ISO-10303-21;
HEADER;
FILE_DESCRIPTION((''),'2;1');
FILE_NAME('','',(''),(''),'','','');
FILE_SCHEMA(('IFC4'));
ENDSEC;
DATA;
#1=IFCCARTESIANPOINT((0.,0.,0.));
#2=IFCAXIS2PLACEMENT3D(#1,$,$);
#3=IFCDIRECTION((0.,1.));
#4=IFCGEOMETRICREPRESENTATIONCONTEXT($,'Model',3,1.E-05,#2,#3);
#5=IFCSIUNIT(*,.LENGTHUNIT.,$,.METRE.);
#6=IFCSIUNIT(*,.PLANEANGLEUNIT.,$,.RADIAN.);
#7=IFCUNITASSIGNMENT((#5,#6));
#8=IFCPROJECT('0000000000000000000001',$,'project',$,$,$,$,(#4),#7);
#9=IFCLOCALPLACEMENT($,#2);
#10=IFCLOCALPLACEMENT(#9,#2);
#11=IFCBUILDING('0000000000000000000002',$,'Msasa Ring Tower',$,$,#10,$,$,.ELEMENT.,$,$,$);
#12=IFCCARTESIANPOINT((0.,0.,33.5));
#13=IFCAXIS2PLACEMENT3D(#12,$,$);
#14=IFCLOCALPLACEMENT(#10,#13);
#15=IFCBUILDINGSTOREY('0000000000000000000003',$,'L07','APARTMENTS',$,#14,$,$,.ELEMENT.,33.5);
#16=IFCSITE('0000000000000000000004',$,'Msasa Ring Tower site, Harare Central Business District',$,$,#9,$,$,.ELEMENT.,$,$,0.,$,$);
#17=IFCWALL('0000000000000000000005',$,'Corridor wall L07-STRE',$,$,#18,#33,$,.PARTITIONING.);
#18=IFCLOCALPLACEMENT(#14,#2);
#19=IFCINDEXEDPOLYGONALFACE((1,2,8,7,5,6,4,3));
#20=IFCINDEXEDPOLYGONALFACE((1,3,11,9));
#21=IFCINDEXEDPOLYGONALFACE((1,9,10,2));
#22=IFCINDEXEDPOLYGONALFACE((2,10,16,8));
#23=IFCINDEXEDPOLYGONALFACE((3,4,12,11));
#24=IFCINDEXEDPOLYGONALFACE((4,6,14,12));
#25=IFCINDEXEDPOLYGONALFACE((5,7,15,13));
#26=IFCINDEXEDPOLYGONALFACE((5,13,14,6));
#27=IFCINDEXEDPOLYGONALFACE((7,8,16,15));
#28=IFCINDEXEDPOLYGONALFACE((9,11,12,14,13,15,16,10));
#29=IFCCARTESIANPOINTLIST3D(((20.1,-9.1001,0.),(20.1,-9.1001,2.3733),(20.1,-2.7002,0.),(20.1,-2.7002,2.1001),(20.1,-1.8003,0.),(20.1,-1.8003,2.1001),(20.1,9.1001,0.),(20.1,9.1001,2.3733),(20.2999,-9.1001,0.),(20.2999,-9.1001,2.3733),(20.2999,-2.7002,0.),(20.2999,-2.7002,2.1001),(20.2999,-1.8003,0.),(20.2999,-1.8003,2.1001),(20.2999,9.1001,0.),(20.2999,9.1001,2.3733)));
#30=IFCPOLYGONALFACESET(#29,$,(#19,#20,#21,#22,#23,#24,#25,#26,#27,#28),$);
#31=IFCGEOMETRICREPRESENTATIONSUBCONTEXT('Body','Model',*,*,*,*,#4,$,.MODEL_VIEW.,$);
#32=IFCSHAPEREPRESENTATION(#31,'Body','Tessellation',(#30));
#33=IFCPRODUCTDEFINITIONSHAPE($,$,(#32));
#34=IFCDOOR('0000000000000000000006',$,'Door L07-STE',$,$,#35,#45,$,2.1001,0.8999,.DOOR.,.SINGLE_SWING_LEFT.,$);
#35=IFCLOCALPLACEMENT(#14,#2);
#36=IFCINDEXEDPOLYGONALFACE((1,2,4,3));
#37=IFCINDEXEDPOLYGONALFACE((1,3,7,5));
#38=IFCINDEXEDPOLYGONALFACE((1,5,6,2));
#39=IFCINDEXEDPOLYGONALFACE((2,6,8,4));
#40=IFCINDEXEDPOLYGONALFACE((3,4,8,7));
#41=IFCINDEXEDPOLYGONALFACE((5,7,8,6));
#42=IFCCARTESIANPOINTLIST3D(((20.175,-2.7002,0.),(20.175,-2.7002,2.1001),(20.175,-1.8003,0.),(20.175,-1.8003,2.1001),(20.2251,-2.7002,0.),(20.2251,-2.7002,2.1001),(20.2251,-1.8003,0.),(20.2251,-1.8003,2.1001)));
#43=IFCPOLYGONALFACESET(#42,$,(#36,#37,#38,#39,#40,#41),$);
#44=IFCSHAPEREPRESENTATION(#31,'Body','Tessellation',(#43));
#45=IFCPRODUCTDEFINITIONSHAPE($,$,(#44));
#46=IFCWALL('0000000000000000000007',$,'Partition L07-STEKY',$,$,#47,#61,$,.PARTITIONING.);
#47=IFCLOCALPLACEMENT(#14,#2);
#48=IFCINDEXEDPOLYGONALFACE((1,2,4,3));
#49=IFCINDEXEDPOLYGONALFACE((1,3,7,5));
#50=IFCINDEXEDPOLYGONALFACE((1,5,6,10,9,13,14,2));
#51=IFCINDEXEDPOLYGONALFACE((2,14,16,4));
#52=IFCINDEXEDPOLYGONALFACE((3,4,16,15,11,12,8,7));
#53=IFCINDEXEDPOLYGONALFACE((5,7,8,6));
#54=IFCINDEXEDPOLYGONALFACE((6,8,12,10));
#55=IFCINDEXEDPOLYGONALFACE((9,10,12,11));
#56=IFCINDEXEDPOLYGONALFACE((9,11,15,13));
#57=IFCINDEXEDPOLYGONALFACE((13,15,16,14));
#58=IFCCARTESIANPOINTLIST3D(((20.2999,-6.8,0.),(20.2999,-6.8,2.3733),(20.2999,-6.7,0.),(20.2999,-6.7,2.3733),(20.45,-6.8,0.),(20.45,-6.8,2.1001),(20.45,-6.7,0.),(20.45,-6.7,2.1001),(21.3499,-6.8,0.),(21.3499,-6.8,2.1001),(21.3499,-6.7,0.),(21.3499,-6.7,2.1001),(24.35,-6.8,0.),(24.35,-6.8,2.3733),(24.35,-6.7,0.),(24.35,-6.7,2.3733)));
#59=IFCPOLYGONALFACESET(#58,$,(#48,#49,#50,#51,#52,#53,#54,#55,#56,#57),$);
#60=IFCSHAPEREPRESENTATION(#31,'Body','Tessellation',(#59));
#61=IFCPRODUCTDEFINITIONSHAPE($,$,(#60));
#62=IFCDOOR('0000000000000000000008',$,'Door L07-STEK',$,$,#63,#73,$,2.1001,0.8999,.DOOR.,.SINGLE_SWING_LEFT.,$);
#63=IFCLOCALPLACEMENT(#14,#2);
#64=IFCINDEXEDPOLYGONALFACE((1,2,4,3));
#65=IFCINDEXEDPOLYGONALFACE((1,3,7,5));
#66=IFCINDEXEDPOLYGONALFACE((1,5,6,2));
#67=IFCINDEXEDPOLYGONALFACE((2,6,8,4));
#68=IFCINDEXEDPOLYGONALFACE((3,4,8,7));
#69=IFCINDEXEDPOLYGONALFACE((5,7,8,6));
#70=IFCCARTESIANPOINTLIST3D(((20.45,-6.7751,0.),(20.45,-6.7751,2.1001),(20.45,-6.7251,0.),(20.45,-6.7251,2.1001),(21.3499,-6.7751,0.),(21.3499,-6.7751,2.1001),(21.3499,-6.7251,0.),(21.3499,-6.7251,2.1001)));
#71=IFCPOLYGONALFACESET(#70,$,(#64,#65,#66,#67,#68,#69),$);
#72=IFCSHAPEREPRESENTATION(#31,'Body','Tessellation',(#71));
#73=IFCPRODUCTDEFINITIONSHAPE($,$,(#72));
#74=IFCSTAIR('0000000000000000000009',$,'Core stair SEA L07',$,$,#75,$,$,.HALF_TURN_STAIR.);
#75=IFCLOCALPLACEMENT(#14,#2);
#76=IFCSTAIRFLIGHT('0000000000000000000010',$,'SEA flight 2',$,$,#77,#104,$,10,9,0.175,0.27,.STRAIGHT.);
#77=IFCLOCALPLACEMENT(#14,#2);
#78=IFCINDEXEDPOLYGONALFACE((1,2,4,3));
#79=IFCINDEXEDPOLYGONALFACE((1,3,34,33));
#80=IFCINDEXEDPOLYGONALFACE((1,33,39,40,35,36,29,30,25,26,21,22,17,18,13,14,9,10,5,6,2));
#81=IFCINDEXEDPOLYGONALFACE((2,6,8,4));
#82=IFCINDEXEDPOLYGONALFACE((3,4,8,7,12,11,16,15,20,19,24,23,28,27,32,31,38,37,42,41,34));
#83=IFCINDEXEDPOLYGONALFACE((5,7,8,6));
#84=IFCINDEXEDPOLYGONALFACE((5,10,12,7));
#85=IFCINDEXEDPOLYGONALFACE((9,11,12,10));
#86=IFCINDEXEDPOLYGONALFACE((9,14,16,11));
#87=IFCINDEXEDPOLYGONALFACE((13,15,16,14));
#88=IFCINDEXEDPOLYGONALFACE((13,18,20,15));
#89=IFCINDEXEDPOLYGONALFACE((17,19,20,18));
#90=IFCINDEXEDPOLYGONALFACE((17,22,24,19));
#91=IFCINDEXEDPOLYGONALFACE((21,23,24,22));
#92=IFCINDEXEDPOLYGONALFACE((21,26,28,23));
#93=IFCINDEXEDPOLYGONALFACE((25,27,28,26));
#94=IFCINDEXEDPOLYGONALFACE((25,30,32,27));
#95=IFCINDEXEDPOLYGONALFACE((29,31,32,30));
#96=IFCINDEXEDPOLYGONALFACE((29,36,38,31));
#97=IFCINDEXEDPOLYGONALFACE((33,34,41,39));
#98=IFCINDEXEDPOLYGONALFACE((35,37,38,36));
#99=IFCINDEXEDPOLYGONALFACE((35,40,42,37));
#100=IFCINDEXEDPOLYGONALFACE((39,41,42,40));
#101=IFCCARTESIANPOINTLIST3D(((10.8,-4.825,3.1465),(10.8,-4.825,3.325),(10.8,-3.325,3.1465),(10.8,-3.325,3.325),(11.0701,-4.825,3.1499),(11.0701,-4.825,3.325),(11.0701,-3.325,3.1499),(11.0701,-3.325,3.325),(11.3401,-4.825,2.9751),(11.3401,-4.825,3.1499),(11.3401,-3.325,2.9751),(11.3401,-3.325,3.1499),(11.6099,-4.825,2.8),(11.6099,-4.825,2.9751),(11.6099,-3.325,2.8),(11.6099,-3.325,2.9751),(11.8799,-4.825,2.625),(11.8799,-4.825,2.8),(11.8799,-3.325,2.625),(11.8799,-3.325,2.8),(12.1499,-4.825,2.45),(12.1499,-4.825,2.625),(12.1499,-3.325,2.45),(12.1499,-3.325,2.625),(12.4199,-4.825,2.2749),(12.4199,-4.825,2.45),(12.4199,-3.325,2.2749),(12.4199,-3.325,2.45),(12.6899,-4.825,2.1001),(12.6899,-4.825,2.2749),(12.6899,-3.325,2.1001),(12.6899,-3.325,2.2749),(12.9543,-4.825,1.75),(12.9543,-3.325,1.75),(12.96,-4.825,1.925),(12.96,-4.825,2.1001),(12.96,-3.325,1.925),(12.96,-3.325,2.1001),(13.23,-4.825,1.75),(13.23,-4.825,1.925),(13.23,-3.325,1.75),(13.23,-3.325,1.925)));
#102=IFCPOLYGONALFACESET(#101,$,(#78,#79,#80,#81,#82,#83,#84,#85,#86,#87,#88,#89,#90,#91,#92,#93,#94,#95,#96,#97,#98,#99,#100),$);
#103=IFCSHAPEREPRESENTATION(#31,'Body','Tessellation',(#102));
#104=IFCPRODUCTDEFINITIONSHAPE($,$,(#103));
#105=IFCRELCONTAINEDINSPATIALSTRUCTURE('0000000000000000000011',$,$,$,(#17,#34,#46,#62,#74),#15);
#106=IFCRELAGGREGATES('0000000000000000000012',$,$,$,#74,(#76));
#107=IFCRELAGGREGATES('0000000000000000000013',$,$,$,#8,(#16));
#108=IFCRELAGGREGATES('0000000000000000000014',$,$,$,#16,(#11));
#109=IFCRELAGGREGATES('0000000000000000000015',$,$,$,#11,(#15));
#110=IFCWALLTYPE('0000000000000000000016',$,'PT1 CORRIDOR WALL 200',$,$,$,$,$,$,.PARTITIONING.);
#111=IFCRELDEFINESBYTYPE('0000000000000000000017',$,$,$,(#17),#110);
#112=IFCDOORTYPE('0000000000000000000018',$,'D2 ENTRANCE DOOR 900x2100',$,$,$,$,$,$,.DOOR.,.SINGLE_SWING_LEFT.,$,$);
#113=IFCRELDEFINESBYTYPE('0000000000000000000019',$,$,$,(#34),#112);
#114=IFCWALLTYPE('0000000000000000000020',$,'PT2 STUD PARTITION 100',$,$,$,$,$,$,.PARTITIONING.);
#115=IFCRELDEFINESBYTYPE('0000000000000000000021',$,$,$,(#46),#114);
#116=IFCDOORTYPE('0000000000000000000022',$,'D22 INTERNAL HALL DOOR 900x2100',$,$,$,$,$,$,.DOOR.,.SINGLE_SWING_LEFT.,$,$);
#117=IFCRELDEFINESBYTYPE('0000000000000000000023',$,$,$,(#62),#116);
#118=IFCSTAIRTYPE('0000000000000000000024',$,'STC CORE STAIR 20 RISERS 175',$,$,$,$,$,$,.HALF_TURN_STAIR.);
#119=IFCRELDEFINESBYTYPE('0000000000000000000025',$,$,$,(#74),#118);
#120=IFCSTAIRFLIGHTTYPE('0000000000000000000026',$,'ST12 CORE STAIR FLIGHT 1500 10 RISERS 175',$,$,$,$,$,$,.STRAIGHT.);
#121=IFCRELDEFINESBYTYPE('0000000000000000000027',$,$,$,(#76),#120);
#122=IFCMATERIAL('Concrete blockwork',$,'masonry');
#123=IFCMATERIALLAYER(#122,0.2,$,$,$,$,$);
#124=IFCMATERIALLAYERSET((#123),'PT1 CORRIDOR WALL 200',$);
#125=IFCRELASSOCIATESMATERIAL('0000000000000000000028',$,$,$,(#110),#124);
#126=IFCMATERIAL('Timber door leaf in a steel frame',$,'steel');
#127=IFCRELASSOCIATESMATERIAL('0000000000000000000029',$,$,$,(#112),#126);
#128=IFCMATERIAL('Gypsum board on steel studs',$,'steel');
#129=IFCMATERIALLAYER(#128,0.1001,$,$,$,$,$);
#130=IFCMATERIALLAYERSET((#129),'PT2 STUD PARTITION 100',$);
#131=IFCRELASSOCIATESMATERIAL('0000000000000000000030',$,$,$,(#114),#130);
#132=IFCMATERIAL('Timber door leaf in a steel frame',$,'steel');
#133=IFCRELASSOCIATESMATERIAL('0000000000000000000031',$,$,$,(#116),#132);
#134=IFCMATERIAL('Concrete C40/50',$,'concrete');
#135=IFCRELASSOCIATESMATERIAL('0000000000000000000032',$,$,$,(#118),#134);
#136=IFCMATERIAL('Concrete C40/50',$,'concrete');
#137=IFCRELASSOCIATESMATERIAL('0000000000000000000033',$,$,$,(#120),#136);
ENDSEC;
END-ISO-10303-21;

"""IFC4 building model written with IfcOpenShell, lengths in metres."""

from ifc_helpers import new_model, si_unit, direction, frame, frame_2d, origin, place, context, subcontext, project, spatial, polyline, rectangle, outline, extrude, material, layer, layer_set, type_object, element, fill, aggregate, save


model = new_model("IFC4")

# Units and contexts
model_context = context("Model", 3, precision=1e-05, world=origin(), true_north=direction((0.0, 1.0)))
body_context = subcontext(model_context, "Body", "Model", "MODEL_VIEW")
ifc_project = project(units=[si_unit("LENGTHUNIT", "METRE"), si_unit("PLANEANGLEUNIT", "RADIAN")], contexts=[model_context])

# Site, building, storey
site_placement = place(None, origin())
site = spatial("IfcSite", under=ifc_project, at=site_placement, Name="Msasa Ring Tower site, Harare Central Business District", CompositionType="ELEMENT", RefElevation=0.0)
building_placement = place(site_placement, origin())
building = spatial("IfcBuilding", under=site, at=building_placement, Name="Msasa Ring Tower", CompositionType="ELEMENT")
storey_placement = place(building_placement, frame((0.0, 0.0, 33.5)))
storey = spatial("IfcBuildingStorey", under=building, at=storey_placement, Name="L07", Description="APARTMENTS", CompositionType="ELEMENT", Elevation=33.5)

# Walls, openings, doors
ifc_material_1 = material(Name="Concrete blockwork", Category="masonry")
ifc_layer_1 = layer(ifc_material_1, 0.2)
ifc_layer_set_1 = layer_set([ifc_layer_1], Name="PT1 CORRIDOR WALL 200")
wall_type_1 = type_object("IfcWallType", Name="PT1 CORRIDOR WALL 200", PredefinedType="PARTITIONING", material=ifc_layer_set_1)
wall_1_placement = place(storey_placement, frame((20.2, -9.1001, 0.0), z_axis=(0.0, 0.0, 1.0), x_axis=(0.0, 1.0, 0.0)))
wall_1 = element("IfcWall", 1, at=wall_1_placement, inside=storey, type_object=wall_type_1, Name="Corridor wall L07-STRE", PredefinedType="PARTITIONING", context=body_context, shape_type="SweptSolid", body=[
    extrude(rectangle(XDim=18.2002, YDim=0.2, at=frame_2d((9.1001, 0.0))), origin(), (0.0, 0.0, 1.0), 2.3733),
])
opening_1_placement = place(wall_1_placement, frame((6.3999, 0.0, 0.0)))
opening_1 = element("IfcOpeningElement", 2, at=opening_1_placement, cuts=wall_1, PredefinedType="OPENING", context=body_context, shape_type="SweptSolid", body=[
    extrude(rectangle(XDim=0.8999, YDim=2.1001, at=frame_2d((0.45, 1.05))), frame((0.0, 0.1099, 0.0), z_axis=(0.0, -1.0, 0.0), x_axis=(1.0, 0.0, 0.0)), (0.0, 0.0, 1.0), 0.22),
])
ifc_material_2 = material(Name="Timber door leaf in a steel frame", Category="steel")
door_type_1 = type_object("IfcDoorType", Name="D2 ENTRANCE DOOR 900x2100", OperationType="SINGLE_SWING_LEFT", PredefinedType="DOOR", material=ifc_material_2)
door_1_placement = place(opening_1_placement, origin())
door_1 = element("IfcDoor", 3, at=door_1_placement, inside=storey, type_object=door_type_1, Name="Door L07-STE", OperationType="SINGLE_SWING_LEFT", OverallHeight=2.1001, OverallWidth=0.8999, PredefinedType="DOOR", context=body_context, shape_type="SweptSolid", body=[
    extrude(rectangle(XDim=0.8999, YDim=2.1001, at=frame_2d((0.45, 1.05))), frame((0.0, 0.0249, 0.0), z_axis=(0.0, -1.0, 0.0), x_axis=(1.0, 0.0, 0.0)), (0.0, 0.0, 1.0), 0.05),
])
fill(opening_1, door_1)
ifc_material_3 = material(Name="Gypsum board on steel studs", Category="steel")
ifc_layer_2 = layer(ifc_material_3, 0.1001)
ifc_layer_set_2 = layer_set([ifc_layer_2], Name="PT2 STUD PARTITION 100")
wall_type_2 = type_object("IfcWallType", Name="PT2 STUD PARTITION 100", PredefinedType="PARTITIONING", material=ifc_layer_set_2)
wall_2_placement = place(storey_placement, frame((20.3, -6.75, 0.0), z_axis=(0.0, 0.0, 1.0), x_axis=(1.0, 0.0, 0.0)))
wall_2 = element("IfcWall", 4, at=wall_2_placement, inside=storey, type_object=wall_type_2, Name="Partition L07-STEKY", PredefinedType="PARTITIONING", context=body_context, shape_type="SweptSolid", body=[
    extrude(rectangle(XDim=4.05, YDim=0.1001, at=frame_2d((2.0249, 0.0))), origin(), (0.0, 0.0, 1.0), 2.3733),
])
opening_2_placement = place(wall_2_placement, frame((0.1499, 0.0, 0.0)))
opening_2 = element("IfcOpeningElement", 5, at=opening_2_placement, cuts=wall_2, PredefinedType="OPENING", context=body_context, shape_type="SweptSolid", body=[
    extrude(rectangle(XDim=0.8999, YDim=2.1001, at=frame_2d((0.45, 1.05))), frame((0.0, 0.0601, 0.0), z_axis=(0.0, -1.0, 0.0), x_axis=(1.0, 0.0, 0.0)), (0.0, 0.0, 1.0), 0.1201),
])
ifc_material_4 = material(Name="Timber door leaf in a steel frame", Category="steel")
door_type_2 = type_object("IfcDoorType", Name="D22 INTERNAL HALL DOOR 900x2100", OperationType="SINGLE_SWING_LEFT", PredefinedType="DOOR", material=ifc_material_4)
door_2_placement = place(opening_2_placement, origin())
door_2 = element("IfcDoor", 6, at=door_2_placement, inside=storey, type_object=door_type_2, Name="Door L07-STEK", OperationType="SINGLE_SWING_LEFT", OverallHeight=2.1001, OverallWidth=0.8999, PredefinedType="DOOR", context=body_context, shape_type="SweptSolid", body=[
    extrude(rectangle(XDim=0.8999, YDim=2.1001, at=frame_2d((0.45, 1.05))), frame((0.0, 0.0249, 0.0), z_axis=(0.0, -1.0, 0.0), x_axis=(1.0, 0.0, 0.0)), (0.0, 0.0, 1.0), 0.05),
])
fill(opening_2, door_2)

# Stair, stair flight
ifc_material_5 = material(Name="Concrete C40/50", Category="concrete")
stair_type = type_object("IfcStairType", Name="STC CORE STAIR 20 RISERS 175", PredefinedType="HALF_TURN_STAIR", material=ifc_material_5)
stair_placement = place(storey_placement, origin())
stair = element("IfcStair", 7, at=stair_placement, inside=storey, type_object=stair_type, Name="Core stair SEA L07", PredefinedType="HALF_TURN_STAIR")
ifc_material_6 = material(Name="Concrete C40/50", Category="concrete")
stair_flight_type = type_object("IfcStairFlightType", Name="ST12 CORE STAIR FLIGHT 1500 10 RISERS 175", PredefinedType="STRAIGHT", material=ifc_material_6)
stair_flight_placement = place(storey_placement, frame((13.23, -4.075, 1.75), z_axis=(0.0, 0.0, 1.0), x_axis=(-1.0, 0.0, 0.0)))
stair_flight = element("IfcStairFlight", 8, at=stair_flight_placement, type_object=stair_flight_type, Name="SEA flight 2", NumberOfRisers=10, NumberOfTreads=9, PredefinedType="STRAIGHT", RiserHeight=0.175, TreadLength=0.27, context=body_context, shape_type="SweptSolid", body=[
    extrude(outline(polyline([(0.0, 0.0), (0.0, 0.175), (0.27, 0.175), (0.27, 0.3501), (0.54, 0.3501), (0.54, 0.5249), (0.8101, 0.5249), (0.8101, 0.7), (1.0801, 0.7), (1.0801, 0.875), (1.3501, 0.875), (1.3501, 1.05), (1.6201, 1.05), (1.6201, 1.2251), (1.8899, 1.2251), (1.8899, 1.3999), (2.1599, 1.3999), (2.1599, 1.575), (2.4299, 1.575), (2.4299, 1.75), (2.4299, 1.3965), (0.2756, 0.0), (0.0, 0.0)])), frame((0.0, 0.75, 0.0), z_axis=(0.0, -1.0, 0.0), x_axis=(1.0, 0.0, 0.0)), (0.0, 0.0, 1.0), 1.5),
])
aggregate(stair, [stair_flight])

save(model, "model.ifc")
